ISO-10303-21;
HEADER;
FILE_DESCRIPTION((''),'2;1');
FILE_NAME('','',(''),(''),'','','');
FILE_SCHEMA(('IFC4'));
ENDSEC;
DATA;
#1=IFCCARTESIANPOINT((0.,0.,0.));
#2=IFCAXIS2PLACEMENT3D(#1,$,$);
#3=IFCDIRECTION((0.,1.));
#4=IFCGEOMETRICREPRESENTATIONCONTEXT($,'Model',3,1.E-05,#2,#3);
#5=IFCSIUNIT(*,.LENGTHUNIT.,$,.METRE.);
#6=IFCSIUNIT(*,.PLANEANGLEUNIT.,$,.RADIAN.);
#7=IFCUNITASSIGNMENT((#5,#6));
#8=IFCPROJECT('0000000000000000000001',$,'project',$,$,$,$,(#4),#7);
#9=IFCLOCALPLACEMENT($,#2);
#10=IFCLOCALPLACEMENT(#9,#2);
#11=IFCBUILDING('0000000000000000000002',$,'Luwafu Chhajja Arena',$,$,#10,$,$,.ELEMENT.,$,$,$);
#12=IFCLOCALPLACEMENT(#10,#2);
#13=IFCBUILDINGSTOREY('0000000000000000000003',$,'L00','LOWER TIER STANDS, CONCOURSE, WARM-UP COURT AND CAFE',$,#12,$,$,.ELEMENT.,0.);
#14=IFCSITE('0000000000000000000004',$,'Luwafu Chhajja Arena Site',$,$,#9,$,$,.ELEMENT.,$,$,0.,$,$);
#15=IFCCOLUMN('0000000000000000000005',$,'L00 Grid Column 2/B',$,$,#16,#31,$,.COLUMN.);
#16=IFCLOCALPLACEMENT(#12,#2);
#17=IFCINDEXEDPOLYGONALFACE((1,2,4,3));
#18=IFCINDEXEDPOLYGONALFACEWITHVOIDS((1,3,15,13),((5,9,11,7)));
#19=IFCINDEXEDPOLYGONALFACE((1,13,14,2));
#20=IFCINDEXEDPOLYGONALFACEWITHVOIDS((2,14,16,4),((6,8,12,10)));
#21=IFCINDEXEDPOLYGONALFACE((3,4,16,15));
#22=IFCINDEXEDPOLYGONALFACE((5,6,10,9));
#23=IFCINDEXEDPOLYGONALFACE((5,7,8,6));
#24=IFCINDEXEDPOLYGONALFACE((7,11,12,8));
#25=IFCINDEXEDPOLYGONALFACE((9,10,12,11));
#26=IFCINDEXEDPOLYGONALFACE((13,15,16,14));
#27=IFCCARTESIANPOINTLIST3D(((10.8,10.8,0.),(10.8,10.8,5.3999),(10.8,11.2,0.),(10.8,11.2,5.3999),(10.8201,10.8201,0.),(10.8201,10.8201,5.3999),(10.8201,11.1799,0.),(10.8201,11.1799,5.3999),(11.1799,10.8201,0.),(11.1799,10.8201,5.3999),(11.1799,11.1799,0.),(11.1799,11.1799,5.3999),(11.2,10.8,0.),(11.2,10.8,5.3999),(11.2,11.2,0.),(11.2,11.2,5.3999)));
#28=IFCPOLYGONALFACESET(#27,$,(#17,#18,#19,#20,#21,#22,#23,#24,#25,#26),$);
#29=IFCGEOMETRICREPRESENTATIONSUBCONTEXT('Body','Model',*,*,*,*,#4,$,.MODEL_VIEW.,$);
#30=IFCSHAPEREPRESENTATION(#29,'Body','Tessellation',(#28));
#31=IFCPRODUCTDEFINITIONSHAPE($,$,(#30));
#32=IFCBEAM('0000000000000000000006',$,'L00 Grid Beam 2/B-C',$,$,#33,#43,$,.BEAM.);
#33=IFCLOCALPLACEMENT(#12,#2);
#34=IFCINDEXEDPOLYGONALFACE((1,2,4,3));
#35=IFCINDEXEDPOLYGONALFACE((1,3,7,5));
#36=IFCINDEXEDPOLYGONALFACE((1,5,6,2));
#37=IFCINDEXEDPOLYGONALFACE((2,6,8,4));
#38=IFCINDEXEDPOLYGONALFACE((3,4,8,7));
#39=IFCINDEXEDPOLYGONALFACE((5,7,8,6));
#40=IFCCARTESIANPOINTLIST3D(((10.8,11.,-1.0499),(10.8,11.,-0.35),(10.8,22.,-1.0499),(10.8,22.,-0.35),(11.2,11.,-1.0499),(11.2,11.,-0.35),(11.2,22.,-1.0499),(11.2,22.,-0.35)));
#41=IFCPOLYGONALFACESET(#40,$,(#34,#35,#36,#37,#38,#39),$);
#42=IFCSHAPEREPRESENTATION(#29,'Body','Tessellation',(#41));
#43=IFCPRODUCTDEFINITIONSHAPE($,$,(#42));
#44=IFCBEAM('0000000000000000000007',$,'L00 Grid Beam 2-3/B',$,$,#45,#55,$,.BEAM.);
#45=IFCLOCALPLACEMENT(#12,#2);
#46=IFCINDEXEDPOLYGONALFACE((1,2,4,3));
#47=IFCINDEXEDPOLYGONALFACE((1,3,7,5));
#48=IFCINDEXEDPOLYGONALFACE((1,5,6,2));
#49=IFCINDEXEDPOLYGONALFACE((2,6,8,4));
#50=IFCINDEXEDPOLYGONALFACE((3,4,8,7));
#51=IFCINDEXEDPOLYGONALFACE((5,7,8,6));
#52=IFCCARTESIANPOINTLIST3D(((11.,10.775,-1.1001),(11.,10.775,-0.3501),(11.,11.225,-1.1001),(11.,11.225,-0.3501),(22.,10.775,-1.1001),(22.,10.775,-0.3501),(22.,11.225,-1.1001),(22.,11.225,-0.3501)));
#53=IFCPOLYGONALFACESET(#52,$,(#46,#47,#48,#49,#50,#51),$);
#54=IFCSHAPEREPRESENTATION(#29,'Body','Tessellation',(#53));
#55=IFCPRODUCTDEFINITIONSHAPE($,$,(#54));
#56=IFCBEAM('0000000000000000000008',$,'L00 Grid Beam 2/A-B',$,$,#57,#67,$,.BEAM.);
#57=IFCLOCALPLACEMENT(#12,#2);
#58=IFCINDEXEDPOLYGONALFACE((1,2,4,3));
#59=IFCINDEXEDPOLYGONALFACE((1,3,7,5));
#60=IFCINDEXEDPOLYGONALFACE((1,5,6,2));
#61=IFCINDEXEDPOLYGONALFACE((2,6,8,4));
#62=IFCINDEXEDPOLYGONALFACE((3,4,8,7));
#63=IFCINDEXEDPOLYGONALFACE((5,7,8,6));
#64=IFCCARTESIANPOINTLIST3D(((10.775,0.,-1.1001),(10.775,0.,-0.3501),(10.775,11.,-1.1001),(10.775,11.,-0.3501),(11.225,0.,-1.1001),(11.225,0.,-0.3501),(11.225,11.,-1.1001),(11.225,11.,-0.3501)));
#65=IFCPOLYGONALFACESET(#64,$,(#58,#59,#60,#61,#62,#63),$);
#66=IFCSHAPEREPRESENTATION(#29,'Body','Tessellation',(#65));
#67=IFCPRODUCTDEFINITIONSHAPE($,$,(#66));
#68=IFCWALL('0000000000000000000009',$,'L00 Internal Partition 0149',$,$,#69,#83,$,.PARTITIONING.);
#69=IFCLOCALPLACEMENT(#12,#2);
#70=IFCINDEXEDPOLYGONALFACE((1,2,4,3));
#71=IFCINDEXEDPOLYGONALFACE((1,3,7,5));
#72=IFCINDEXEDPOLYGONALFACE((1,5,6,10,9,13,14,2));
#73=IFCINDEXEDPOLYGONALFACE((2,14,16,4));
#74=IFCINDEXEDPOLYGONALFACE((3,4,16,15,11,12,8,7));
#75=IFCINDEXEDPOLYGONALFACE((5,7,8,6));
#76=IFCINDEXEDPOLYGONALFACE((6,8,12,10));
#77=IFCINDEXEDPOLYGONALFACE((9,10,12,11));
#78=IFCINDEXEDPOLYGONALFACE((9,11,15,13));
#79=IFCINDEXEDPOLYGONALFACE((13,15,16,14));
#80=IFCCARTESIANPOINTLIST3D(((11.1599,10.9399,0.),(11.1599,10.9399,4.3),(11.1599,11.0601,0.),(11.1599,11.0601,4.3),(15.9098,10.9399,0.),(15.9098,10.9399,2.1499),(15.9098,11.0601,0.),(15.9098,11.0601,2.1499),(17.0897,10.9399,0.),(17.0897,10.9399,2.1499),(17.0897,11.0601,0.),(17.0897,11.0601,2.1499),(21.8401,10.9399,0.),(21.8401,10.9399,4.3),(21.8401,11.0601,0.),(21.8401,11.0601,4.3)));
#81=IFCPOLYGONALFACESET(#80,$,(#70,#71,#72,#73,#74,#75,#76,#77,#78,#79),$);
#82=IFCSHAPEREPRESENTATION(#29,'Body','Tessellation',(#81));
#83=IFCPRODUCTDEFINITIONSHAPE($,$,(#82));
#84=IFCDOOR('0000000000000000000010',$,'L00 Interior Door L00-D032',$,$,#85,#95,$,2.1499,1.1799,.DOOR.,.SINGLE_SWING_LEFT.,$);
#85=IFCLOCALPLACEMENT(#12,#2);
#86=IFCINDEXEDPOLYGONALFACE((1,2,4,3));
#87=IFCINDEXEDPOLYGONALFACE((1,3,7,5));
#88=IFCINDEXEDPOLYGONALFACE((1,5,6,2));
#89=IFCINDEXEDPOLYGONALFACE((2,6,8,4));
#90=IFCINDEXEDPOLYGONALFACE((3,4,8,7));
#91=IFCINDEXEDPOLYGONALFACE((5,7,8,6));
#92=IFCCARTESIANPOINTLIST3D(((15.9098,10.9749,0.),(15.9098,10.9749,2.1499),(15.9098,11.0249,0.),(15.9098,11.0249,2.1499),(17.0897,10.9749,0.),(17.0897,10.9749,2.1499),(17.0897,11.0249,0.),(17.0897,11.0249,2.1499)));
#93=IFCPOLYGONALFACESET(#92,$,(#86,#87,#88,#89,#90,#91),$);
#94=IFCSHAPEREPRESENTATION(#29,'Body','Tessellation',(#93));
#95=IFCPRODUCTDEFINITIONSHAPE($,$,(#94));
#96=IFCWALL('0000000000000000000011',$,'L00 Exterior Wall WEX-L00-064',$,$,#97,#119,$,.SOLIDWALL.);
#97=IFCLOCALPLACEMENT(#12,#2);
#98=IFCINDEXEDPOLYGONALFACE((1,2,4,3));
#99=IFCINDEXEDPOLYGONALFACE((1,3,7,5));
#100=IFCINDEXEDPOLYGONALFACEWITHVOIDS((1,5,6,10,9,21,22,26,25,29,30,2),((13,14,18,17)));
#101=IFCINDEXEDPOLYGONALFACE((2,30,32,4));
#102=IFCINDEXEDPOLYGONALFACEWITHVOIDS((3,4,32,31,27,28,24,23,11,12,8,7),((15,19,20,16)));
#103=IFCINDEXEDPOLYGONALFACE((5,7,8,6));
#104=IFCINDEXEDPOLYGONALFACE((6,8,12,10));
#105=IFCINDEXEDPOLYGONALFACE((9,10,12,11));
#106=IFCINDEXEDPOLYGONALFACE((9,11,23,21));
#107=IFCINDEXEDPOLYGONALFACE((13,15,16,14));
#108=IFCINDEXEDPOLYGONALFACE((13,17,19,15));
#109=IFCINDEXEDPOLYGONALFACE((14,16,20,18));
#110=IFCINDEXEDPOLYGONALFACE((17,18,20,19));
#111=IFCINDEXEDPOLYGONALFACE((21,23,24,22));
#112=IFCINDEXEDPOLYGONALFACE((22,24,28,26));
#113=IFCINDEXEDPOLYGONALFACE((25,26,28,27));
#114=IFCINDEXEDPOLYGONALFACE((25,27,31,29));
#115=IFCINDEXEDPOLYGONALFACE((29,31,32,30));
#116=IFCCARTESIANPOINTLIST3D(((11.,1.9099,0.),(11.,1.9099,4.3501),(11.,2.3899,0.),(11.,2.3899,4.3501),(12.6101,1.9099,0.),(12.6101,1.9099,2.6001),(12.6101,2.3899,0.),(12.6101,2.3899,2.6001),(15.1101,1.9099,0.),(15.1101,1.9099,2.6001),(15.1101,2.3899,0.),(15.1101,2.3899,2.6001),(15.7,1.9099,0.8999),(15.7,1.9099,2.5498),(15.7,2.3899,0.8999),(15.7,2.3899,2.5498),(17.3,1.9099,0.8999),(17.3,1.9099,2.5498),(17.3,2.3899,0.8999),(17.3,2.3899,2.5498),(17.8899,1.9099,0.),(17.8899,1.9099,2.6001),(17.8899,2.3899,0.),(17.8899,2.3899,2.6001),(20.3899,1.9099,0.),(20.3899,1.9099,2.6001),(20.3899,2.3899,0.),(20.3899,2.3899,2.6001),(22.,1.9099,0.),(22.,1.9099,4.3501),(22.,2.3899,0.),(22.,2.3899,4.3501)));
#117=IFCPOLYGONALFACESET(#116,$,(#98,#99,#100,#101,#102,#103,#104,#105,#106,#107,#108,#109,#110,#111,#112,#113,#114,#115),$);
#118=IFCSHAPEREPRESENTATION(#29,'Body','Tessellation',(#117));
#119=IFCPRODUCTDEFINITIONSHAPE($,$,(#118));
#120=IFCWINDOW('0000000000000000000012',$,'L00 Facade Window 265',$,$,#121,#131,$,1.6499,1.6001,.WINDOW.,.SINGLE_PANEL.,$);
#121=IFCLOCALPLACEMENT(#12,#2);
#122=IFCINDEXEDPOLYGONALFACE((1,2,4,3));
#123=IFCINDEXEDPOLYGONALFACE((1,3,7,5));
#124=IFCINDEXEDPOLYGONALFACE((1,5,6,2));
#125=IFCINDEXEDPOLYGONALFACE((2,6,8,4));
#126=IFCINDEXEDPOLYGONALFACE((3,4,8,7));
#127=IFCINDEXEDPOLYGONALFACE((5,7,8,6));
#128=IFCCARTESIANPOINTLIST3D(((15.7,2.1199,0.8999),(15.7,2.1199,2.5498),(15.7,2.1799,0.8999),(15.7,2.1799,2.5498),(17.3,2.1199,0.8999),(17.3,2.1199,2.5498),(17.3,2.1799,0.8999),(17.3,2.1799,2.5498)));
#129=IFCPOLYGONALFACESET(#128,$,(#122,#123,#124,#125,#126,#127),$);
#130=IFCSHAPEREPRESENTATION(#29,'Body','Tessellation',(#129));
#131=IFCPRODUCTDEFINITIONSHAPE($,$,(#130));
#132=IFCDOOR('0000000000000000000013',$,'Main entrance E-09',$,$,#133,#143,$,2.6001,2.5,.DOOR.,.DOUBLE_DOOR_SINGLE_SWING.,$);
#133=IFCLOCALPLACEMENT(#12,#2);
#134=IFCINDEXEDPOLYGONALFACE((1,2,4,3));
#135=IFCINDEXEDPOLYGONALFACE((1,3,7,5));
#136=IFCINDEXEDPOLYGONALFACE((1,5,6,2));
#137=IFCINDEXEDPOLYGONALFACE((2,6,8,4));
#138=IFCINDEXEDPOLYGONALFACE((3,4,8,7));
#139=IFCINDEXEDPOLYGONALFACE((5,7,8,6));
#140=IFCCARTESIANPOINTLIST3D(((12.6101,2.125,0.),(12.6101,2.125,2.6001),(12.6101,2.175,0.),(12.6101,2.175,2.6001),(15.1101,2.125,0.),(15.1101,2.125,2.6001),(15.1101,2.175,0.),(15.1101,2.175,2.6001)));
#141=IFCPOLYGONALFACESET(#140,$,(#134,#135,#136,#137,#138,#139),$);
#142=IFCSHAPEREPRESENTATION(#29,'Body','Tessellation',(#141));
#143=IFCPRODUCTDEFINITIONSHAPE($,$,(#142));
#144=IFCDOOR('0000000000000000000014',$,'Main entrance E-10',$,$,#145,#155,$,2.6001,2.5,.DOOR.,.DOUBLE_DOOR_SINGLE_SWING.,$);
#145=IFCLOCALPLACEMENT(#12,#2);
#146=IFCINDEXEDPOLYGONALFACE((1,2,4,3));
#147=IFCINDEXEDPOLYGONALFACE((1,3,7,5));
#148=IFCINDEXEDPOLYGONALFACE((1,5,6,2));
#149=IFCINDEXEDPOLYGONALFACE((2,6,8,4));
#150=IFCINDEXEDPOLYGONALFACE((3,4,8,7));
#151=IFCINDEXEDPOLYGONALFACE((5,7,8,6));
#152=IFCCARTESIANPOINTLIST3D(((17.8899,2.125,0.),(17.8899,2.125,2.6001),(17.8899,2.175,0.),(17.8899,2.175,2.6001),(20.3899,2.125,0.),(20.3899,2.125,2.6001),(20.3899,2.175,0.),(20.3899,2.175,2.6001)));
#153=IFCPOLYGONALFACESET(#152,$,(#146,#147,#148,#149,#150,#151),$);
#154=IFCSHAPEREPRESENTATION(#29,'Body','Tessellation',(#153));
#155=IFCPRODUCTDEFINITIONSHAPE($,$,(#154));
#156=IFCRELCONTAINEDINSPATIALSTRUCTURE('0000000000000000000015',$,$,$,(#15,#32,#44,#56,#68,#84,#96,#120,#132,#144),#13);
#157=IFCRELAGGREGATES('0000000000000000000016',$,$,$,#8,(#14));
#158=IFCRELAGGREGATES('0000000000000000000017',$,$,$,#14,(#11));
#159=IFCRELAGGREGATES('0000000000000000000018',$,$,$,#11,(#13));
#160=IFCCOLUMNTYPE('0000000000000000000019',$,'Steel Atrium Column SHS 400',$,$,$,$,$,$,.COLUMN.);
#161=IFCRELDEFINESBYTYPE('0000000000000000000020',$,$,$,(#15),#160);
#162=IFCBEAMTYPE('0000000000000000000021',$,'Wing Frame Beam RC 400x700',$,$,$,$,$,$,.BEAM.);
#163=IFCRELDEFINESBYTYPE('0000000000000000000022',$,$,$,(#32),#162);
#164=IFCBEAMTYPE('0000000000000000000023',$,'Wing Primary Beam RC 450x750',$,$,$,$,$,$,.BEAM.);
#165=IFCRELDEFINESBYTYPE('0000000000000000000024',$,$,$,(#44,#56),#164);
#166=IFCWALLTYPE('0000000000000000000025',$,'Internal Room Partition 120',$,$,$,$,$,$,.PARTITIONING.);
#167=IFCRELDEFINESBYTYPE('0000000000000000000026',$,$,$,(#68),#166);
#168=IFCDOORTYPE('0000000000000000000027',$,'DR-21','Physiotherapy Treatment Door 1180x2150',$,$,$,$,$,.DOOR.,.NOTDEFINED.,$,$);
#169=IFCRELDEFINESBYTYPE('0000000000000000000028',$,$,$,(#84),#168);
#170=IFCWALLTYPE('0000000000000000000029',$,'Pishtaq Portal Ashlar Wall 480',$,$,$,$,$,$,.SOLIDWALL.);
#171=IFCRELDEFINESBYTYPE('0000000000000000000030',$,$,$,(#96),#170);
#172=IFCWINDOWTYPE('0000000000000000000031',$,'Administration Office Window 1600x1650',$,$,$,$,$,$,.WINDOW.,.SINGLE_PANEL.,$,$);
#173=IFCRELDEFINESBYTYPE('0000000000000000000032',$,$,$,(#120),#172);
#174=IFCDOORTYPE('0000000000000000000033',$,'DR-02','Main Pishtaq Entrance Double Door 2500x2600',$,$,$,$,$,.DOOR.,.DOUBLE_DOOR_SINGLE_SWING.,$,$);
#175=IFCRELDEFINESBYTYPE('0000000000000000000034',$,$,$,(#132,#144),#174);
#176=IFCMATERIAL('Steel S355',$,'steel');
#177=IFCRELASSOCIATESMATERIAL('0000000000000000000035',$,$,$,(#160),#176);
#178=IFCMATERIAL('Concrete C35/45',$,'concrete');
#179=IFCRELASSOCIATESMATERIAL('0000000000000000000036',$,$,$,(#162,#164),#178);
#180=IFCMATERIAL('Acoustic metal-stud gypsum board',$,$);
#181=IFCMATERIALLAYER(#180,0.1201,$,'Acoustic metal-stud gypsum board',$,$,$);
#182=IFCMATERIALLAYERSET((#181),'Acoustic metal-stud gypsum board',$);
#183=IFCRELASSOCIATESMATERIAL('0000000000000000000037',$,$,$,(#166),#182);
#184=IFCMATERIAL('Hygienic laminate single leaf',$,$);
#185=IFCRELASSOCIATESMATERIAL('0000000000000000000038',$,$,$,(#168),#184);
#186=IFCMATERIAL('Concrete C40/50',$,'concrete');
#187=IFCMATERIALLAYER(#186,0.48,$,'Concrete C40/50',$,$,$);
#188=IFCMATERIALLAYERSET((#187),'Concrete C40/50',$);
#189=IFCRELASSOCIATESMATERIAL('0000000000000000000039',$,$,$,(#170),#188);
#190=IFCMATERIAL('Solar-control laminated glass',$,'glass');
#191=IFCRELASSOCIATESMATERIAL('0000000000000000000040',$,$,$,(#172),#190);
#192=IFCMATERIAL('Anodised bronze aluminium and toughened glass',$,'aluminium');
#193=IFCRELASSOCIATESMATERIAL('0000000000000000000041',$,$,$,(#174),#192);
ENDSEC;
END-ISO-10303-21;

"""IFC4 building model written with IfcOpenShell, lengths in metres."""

from ifc_helpers import new_model, si_unit, direction, frame, frame_2d, origin, origin_2d, place, context, subcontext, project, spatial, rectangle, hollow_rectangle, extrude, material, layer, layer_set, material_profile, profile_set, type_object, element, fill, save


model = new_model("IFC4")

# Units and contexts
model_context = context("Model", 3, precision=1e-05, world=origin(), true_north=direction((0.0, 1.0)))
body_context = subcontext(model_context, "Body", "Model", "MODEL_VIEW")
ifc_project = project(units=[si_unit("LENGTHUNIT", "METRE"), si_unit("PLANEANGLEUNIT", "RADIAN")], contexts=[model_context])

# Site, building, storey
site_placement = place(None, origin())
site = spatial("IfcSite", under=ifc_project, at=site_placement, Name="Luwafu Chhajja Arena Site", CompositionType="ELEMENT", RefElevation=0.0)
building_placement = place(site_placement, origin())
building = spatial("IfcBuilding", under=site, at=building_placement, Name="Luwafu Chhajja Arena", CompositionType="ELEMENT")
storey_placement = place(building_placement, origin())
storey = spatial("IfcBuildingStorey", under=building, at=storey_placement, Name="L00", Description="LOWER TIER STANDS, CONCOURSE, WARM-UP COURT AND CAFE", CompositionType="ELEMENT", Elevation=0.0)

# Column
ifc_material_1 = material(Name="Steel S355", Category="steel")
ifc_material_profile_1 = material_profile(ifc_material_1, hollow_rectangle(XDim=0.3999, YDim=0.3999, WallThickness=0.02, at=origin_2d()), Name="SHS 400x400x20")
ifc_profile_set_1 = profile_set([ifc_material_profile_1], Name="Steel S355")
column_type = type_object("IfcColumnType", Name="Steel Atrium Column SHS 400", PredefinedType="COLUMN", material=ifc_profile_set_1)
column_placement = place(storey_placement, frame((11.0, 11.0, 0.0), z_axis=(0.0, 0.0, 1.0), x_axis=(1.0, 0.0, 0.0)))
element("IfcColumn", 1, at=column_placement, inside=storey, type_object=column_type, Name="L00 Grid Column 2/B", PredefinedType="COLUMN", context=body_context, shape_type="SweptSolid", body=[
    extrude(hollow_rectangle(XDim=0.3999, YDim=0.3999, WallThickness=0.02, at=origin_2d()), origin(), (0.0, 0.0, 1.0), 5.3999),
])

# Beams
ifc_material_2 = material(Name="Concrete C35/45", Category="concrete")
ifc_material_profile_2 = material_profile(ifc_material_2, rectangle(XDim=0.3999, YDim=0.7, at=origin_2d()), Name="RC 400x700")
ifc_profile_set_2 = profile_set([ifc_material_profile_2], Name="Concrete C35/45")
beam_type_1 = type_object("IfcBeamType", Name="Wing Frame Beam RC 400x700", PredefinedType="BEAM", material=ifc_profile_set_2)
beam_placement = place(storey_placement, frame((11.0, 11.0, -0.7), z_axis=(0.0, 1.0, 0.0), x_axis=(-1.0, 0.0, 0.0)))
element("IfcBeam", 2, at=beam_placement, inside=storey, type_object=beam_type_1, Name="L00 Grid Beam 2/B-C", PredefinedType="BEAM", context=body_context, shape_type="SweptSolid", body=[
    extrude(rectangle(XDim=0.3999, YDim=0.7, at=origin_2d()), origin(), (0.0, 0.0, 1.0), 11.0),
])
ifc_material_profile_3 = material_profile(ifc_material_2, rectangle(XDim=0.45, YDim=0.75, at=origin_2d()), Name="RC 450x750")
ifc_profile_set_3 = profile_set([ifc_material_profile_3], Name="Concrete C35/45")
beam_type_2 = type_object("IfcBeamType", Name="Wing Primary Beam RC 450x750", PredefinedType="BEAM", material=ifc_profile_set_3)
for number, where, z_axis, x_axis, name in (
    (3, (11.0, 11.0, -0.7251), (1.0, 0.0, 0.0), (0.0, 1.0, 0.0), "L00 Grid Beam 2-3/B"),
    (4, (11.0, 0.0, -0.7251), (0.0, 1.0, 0.0), (-1.0, 0.0, 0.0), "L00 Grid Beam 2/A-B"),
):
    element("IfcBeam", number, at=place(storey_placement, frame(where, z_axis=z_axis, x_axis=x_axis)), inside=storey, type_object=beam_type_2, Name=name, PredefinedType="BEAM", context=body_context, shape_type="SweptSolid", body=[
        extrude(rectangle(XDim=0.45, YDim=0.75, at=origin_2d()), origin(), (0.0, 0.0, 1.0), 11.0),
    ])

# Wall, opening, door
ifc_material_3 = material(Name="Acoustic metal-stud gypsum board")
ifc_layer_1 = layer(ifc_material_3, 0.1201, Name="Acoustic metal-stud gypsum board")
ifc_layer_set_1 = layer_set([ifc_layer_1], Name="Acoustic metal-stud gypsum board")
wall_type_1 = type_object("IfcWallType", Name="Internal Room Partition 120", PredefinedType="PARTITIONING", material=ifc_layer_set_1)
wall_1_placement = place(storey_placement, frame((11.1599, 11.0, 0.0), z_axis=(0.0, 0.0, 1.0), x_axis=(1.0, 0.0, 0.0)))
wall_1 = element("IfcWall", 5, at=wall_1_placement, inside=storey, type_object=wall_type_1, Name="L00 Internal Partition 0149", PredefinedType="PARTITIONING", context=body_context, shape_type="SweptSolid", body=[
    extrude(rectangle(XDim=10.6802, YDim=0.1201, at=frame_2d((5.3401, 0.0))), origin(), (0.0, 0.0, 1.0), 4.3),
])
opening_1_placement = place(wall_1_placement, frame((4.75, 0.0, 0.0)))
opening_1 = element("IfcOpeningElement", 6, at=opening_1_placement, cuts=wall_1, PredefinedType="OPENING", context=body_context, shape_type="SweptSolid", body=[
    extrude(rectangle(XDim=1.1799, YDim=2.1499, at=frame_2d((0.5898, 1.075))), frame((0.0, 0.0701, 0.0), z_axis=(0.0, -1.0, 0.0), x_axis=(1.0, 0.0, 0.0)), (0.0, 0.0, 1.0), 0.1401),
])
ifc_material_4 = material(Name="Hygienic laminate single leaf")
door_type_1 = type_object("IfcDoorType", Name="DR-21", Description="Physiotherapy Treatment Door 1180x2150", OperationType="NOTDEFINED", PredefinedType="DOOR", material=ifc_material_4)
door_1_placement = place(opening_1_placement, origin())
door_1 = element("IfcDoor", 7, at=door_1_placement, inside=storey, type_object=door_type_1, Name="L00 Interior Door L00-D032", OperationType="SINGLE_SWING_LEFT", OverallHeight=2.1499, OverallWidth=1.1799, PredefinedType="DOOR", context=body_context, shape_type="SweptSolid", body=[
    extrude(rectangle(XDim=1.1799, YDim=2.1499, at=frame_2d((0.5898, 1.075))), frame((0.0, 0.0249, 0.0), z_axis=(0.0, -1.0, 0.0), x_axis=(1.0, 0.0, 0.0)), (0.0, 0.0, 1.0), 0.05),
])
fill(opening_1, door_1)

# Wall, openings, window, doors
ifc_material_5 = material(Name="Concrete C40/50", Category="concrete")
ifc_layer_2 = layer(ifc_material_5, 0.48, Name="Concrete C40/50")
ifc_layer_set_2 = layer_set([ifc_layer_2], Name="Concrete C40/50")
wall_type_2 = type_object("IfcWallType", Name="Pishtaq Portal Ashlar Wall 480", PredefinedType="SOLIDWALL", material=ifc_layer_set_2)
wall_2_placement = place(storey_placement, frame((11.0, 2.1499, 0.0), z_axis=(0.0, 0.0, 1.0), x_axis=(1.0, 0.0, 0.0)))
wall_2 = element("IfcWall", 8, at=wall_2_placement, inside=storey, type_object=wall_type_2, Name="L00 Exterior Wall WEX-L00-064", PredefinedType="SOLIDWALL", context=body_context, shape_type="SweptSolid", body=[
    extrude(rectangle(XDim=11.0, YDim=0.48, at=frame_2d((5.5, 0.0))), origin(), (0.0, 0.0, 1.0), 4.3501),
])
opening_2_placement = place(wall_2_placement, frame((1.6101, 0.0, 0.0)))
opening_2 = element("IfcOpeningElement", 9, at=opening_2_placement, cuts=wall_2, PredefinedType="OPENING", context=body_context, shape_type="SweptSolid", body=[
    extrude(rectangle(XDim=2.5, YDim=2.6001, at=frame_2d((1.25, 1.3))), frame((0.0, 0.25, 0.0), z_axis=(0.0, -1.0, 0.0), x_axis=(1.0, 0.0, 0.0)), (0.0, 0.0, 1.0), 0.5),
])
opening_3_placement = place(wall_2_placement, frame((6.8899, 0.0, 0.0)))
opening_3 = element("IfcOpeningElement", 10, at=opening_3_placement, cuts=wall_2, PredefinedType="OPENING", context=body_context, shape_type="SweptSolid", body=[
    extrude(rectangle(XDim=2.5, YDim=2.6001, at=frame_2d((1.25, 1.3))), frame((0.0, 0.25, 0.0), z_axis=(0.0, -1.0, 0.0), x_axis=(1.0, 0.0, 0.0)), (0.0, 0.0, 1.0), 0.5),
])
opening_4_placement = place(wall_2_placement, frame((4.7, 0.0, 0.8999)))
opening_4 = element("IfcOpeningElement", 11, at=opening_4_placement, cuts=wall_2, PredefinedType="OPENING", context=body_context, shape_type="SweptSolid", body=[
    extrude(rectangle(XDim=1.6001, YDim=1.6499, at=frame_2d((0.8, 0.825))), frame((0.0, 0.25, 0.0), z_axis=(0.0, -1.0, 0.0), x_axis=(1.0, 0.0, 0.0)), (0.0, 0.0, 1.0), 0.5),
])
ifc_material_6 = material(Name="Solar-control laminated glass", Category="glass")
window_type = type_object("IfcWindowType", Name="Administration Office Window 1600x1650", PartitioningType="SINGLE_PANEL", PredefinedType="WINDOW", material=ifc_material_6)
window_placement = place(opening_4_placement, origin())
window = element("IfcWindow", 12, at=window_placement, inside=storey, type_object=window_type, Name="L00 Facade Window 265", OverallHeight=1.6499, OverallWidth=1.6001, PartitioningType="SINGLE_PANEL", PredefinedType="WINDOW", context=body_context, shape_type="SweptSolid", body=[
    extrude(rectangle(XDim=1.6001, YDim=1.6499, at=frame_2d((0.8, 0.825))), frame((0.0, 0.03, 0.0), z_axis=(0.0, -1.0, 0.0), x_axis=(1.0, 0.0, 0.0)), (0.0, 0.0, 1.0), 0.0601),
])
fill(opening_4, window)
ifc_material_7 = material(Name="Anodised bronze aluminium and toughened glass", Category="aluminium")
door_type_2 = type_object("IfcDoorType", Name="DR-02", Description="Main Pishtaq Entrance Double Door 2500x2600", OperationType="DOUBLE_DOOR_SINGLE_SWING", PredefinedType="DOOR", material=ifc_material_7)
door_2_placement = place(opening_2_placement, frame((2.5, 0.0, 0.0), z_axis=(0.0, 0.0, 1.0), x_axis=(-1.0, 0.0, 0.0)))
door_2 = element("IfcDoor", 13, at=door_2_placement, inside=storey, type_object=door_type_2, Name="Main entrance E-09", OperationType="DOUBLE_DOOR_SINGLE_SWING", OverallHeight=2.6001, OverallWidth=2.5, PredefinedType="DOOR", context=body_context, shape_type="SweptSolid", body=[
    extrude(rectangle(XDim=2.5, YDim=2.6001, at=frame_2d((1.25, 1.3))), frame((0.0, 0.0249, 0.0), z_axis=(0.0, -1.0, 0.0), x_axis=(1.0, 0.0, 0.0)), (0.0, 0.0, 1.0), 0.05),
])
fill(opening_2, door_2)
door_3_placement = place(opening_3_placement, frame((2.5, 0.0, 0.0), z_axis=(0.0, 0.0, 1.0), x_axis=(-1.0, 0.0, 0.0)))
door_3 = element("IfcDoor", 14, at=door_3_placement, inside=storey, type_object=door_type_2, Name="Main entrance E-10", OperationType="DOUBLE_DOOR_SINGLE_SWING", OverallHeight=2.6001, OverallWidth=2.5, PredefinedType="DOOR", context=body_context, shape_type="SweptSolid", body=[
    extrude(rectangle(XDim=2.5, YDim=2.6001, at=frame_2d((1.25, 1.3))), frame((0.0, 0.0249, 0.0), z_axis=(0.0, -1.0, 0.0), x_axis=(1.0, 0.0, 0.0)), (0.0, 0.0, 1.0), 0.05),
])
fill(opening_3, door_3)

save(model, "model.ifc")
